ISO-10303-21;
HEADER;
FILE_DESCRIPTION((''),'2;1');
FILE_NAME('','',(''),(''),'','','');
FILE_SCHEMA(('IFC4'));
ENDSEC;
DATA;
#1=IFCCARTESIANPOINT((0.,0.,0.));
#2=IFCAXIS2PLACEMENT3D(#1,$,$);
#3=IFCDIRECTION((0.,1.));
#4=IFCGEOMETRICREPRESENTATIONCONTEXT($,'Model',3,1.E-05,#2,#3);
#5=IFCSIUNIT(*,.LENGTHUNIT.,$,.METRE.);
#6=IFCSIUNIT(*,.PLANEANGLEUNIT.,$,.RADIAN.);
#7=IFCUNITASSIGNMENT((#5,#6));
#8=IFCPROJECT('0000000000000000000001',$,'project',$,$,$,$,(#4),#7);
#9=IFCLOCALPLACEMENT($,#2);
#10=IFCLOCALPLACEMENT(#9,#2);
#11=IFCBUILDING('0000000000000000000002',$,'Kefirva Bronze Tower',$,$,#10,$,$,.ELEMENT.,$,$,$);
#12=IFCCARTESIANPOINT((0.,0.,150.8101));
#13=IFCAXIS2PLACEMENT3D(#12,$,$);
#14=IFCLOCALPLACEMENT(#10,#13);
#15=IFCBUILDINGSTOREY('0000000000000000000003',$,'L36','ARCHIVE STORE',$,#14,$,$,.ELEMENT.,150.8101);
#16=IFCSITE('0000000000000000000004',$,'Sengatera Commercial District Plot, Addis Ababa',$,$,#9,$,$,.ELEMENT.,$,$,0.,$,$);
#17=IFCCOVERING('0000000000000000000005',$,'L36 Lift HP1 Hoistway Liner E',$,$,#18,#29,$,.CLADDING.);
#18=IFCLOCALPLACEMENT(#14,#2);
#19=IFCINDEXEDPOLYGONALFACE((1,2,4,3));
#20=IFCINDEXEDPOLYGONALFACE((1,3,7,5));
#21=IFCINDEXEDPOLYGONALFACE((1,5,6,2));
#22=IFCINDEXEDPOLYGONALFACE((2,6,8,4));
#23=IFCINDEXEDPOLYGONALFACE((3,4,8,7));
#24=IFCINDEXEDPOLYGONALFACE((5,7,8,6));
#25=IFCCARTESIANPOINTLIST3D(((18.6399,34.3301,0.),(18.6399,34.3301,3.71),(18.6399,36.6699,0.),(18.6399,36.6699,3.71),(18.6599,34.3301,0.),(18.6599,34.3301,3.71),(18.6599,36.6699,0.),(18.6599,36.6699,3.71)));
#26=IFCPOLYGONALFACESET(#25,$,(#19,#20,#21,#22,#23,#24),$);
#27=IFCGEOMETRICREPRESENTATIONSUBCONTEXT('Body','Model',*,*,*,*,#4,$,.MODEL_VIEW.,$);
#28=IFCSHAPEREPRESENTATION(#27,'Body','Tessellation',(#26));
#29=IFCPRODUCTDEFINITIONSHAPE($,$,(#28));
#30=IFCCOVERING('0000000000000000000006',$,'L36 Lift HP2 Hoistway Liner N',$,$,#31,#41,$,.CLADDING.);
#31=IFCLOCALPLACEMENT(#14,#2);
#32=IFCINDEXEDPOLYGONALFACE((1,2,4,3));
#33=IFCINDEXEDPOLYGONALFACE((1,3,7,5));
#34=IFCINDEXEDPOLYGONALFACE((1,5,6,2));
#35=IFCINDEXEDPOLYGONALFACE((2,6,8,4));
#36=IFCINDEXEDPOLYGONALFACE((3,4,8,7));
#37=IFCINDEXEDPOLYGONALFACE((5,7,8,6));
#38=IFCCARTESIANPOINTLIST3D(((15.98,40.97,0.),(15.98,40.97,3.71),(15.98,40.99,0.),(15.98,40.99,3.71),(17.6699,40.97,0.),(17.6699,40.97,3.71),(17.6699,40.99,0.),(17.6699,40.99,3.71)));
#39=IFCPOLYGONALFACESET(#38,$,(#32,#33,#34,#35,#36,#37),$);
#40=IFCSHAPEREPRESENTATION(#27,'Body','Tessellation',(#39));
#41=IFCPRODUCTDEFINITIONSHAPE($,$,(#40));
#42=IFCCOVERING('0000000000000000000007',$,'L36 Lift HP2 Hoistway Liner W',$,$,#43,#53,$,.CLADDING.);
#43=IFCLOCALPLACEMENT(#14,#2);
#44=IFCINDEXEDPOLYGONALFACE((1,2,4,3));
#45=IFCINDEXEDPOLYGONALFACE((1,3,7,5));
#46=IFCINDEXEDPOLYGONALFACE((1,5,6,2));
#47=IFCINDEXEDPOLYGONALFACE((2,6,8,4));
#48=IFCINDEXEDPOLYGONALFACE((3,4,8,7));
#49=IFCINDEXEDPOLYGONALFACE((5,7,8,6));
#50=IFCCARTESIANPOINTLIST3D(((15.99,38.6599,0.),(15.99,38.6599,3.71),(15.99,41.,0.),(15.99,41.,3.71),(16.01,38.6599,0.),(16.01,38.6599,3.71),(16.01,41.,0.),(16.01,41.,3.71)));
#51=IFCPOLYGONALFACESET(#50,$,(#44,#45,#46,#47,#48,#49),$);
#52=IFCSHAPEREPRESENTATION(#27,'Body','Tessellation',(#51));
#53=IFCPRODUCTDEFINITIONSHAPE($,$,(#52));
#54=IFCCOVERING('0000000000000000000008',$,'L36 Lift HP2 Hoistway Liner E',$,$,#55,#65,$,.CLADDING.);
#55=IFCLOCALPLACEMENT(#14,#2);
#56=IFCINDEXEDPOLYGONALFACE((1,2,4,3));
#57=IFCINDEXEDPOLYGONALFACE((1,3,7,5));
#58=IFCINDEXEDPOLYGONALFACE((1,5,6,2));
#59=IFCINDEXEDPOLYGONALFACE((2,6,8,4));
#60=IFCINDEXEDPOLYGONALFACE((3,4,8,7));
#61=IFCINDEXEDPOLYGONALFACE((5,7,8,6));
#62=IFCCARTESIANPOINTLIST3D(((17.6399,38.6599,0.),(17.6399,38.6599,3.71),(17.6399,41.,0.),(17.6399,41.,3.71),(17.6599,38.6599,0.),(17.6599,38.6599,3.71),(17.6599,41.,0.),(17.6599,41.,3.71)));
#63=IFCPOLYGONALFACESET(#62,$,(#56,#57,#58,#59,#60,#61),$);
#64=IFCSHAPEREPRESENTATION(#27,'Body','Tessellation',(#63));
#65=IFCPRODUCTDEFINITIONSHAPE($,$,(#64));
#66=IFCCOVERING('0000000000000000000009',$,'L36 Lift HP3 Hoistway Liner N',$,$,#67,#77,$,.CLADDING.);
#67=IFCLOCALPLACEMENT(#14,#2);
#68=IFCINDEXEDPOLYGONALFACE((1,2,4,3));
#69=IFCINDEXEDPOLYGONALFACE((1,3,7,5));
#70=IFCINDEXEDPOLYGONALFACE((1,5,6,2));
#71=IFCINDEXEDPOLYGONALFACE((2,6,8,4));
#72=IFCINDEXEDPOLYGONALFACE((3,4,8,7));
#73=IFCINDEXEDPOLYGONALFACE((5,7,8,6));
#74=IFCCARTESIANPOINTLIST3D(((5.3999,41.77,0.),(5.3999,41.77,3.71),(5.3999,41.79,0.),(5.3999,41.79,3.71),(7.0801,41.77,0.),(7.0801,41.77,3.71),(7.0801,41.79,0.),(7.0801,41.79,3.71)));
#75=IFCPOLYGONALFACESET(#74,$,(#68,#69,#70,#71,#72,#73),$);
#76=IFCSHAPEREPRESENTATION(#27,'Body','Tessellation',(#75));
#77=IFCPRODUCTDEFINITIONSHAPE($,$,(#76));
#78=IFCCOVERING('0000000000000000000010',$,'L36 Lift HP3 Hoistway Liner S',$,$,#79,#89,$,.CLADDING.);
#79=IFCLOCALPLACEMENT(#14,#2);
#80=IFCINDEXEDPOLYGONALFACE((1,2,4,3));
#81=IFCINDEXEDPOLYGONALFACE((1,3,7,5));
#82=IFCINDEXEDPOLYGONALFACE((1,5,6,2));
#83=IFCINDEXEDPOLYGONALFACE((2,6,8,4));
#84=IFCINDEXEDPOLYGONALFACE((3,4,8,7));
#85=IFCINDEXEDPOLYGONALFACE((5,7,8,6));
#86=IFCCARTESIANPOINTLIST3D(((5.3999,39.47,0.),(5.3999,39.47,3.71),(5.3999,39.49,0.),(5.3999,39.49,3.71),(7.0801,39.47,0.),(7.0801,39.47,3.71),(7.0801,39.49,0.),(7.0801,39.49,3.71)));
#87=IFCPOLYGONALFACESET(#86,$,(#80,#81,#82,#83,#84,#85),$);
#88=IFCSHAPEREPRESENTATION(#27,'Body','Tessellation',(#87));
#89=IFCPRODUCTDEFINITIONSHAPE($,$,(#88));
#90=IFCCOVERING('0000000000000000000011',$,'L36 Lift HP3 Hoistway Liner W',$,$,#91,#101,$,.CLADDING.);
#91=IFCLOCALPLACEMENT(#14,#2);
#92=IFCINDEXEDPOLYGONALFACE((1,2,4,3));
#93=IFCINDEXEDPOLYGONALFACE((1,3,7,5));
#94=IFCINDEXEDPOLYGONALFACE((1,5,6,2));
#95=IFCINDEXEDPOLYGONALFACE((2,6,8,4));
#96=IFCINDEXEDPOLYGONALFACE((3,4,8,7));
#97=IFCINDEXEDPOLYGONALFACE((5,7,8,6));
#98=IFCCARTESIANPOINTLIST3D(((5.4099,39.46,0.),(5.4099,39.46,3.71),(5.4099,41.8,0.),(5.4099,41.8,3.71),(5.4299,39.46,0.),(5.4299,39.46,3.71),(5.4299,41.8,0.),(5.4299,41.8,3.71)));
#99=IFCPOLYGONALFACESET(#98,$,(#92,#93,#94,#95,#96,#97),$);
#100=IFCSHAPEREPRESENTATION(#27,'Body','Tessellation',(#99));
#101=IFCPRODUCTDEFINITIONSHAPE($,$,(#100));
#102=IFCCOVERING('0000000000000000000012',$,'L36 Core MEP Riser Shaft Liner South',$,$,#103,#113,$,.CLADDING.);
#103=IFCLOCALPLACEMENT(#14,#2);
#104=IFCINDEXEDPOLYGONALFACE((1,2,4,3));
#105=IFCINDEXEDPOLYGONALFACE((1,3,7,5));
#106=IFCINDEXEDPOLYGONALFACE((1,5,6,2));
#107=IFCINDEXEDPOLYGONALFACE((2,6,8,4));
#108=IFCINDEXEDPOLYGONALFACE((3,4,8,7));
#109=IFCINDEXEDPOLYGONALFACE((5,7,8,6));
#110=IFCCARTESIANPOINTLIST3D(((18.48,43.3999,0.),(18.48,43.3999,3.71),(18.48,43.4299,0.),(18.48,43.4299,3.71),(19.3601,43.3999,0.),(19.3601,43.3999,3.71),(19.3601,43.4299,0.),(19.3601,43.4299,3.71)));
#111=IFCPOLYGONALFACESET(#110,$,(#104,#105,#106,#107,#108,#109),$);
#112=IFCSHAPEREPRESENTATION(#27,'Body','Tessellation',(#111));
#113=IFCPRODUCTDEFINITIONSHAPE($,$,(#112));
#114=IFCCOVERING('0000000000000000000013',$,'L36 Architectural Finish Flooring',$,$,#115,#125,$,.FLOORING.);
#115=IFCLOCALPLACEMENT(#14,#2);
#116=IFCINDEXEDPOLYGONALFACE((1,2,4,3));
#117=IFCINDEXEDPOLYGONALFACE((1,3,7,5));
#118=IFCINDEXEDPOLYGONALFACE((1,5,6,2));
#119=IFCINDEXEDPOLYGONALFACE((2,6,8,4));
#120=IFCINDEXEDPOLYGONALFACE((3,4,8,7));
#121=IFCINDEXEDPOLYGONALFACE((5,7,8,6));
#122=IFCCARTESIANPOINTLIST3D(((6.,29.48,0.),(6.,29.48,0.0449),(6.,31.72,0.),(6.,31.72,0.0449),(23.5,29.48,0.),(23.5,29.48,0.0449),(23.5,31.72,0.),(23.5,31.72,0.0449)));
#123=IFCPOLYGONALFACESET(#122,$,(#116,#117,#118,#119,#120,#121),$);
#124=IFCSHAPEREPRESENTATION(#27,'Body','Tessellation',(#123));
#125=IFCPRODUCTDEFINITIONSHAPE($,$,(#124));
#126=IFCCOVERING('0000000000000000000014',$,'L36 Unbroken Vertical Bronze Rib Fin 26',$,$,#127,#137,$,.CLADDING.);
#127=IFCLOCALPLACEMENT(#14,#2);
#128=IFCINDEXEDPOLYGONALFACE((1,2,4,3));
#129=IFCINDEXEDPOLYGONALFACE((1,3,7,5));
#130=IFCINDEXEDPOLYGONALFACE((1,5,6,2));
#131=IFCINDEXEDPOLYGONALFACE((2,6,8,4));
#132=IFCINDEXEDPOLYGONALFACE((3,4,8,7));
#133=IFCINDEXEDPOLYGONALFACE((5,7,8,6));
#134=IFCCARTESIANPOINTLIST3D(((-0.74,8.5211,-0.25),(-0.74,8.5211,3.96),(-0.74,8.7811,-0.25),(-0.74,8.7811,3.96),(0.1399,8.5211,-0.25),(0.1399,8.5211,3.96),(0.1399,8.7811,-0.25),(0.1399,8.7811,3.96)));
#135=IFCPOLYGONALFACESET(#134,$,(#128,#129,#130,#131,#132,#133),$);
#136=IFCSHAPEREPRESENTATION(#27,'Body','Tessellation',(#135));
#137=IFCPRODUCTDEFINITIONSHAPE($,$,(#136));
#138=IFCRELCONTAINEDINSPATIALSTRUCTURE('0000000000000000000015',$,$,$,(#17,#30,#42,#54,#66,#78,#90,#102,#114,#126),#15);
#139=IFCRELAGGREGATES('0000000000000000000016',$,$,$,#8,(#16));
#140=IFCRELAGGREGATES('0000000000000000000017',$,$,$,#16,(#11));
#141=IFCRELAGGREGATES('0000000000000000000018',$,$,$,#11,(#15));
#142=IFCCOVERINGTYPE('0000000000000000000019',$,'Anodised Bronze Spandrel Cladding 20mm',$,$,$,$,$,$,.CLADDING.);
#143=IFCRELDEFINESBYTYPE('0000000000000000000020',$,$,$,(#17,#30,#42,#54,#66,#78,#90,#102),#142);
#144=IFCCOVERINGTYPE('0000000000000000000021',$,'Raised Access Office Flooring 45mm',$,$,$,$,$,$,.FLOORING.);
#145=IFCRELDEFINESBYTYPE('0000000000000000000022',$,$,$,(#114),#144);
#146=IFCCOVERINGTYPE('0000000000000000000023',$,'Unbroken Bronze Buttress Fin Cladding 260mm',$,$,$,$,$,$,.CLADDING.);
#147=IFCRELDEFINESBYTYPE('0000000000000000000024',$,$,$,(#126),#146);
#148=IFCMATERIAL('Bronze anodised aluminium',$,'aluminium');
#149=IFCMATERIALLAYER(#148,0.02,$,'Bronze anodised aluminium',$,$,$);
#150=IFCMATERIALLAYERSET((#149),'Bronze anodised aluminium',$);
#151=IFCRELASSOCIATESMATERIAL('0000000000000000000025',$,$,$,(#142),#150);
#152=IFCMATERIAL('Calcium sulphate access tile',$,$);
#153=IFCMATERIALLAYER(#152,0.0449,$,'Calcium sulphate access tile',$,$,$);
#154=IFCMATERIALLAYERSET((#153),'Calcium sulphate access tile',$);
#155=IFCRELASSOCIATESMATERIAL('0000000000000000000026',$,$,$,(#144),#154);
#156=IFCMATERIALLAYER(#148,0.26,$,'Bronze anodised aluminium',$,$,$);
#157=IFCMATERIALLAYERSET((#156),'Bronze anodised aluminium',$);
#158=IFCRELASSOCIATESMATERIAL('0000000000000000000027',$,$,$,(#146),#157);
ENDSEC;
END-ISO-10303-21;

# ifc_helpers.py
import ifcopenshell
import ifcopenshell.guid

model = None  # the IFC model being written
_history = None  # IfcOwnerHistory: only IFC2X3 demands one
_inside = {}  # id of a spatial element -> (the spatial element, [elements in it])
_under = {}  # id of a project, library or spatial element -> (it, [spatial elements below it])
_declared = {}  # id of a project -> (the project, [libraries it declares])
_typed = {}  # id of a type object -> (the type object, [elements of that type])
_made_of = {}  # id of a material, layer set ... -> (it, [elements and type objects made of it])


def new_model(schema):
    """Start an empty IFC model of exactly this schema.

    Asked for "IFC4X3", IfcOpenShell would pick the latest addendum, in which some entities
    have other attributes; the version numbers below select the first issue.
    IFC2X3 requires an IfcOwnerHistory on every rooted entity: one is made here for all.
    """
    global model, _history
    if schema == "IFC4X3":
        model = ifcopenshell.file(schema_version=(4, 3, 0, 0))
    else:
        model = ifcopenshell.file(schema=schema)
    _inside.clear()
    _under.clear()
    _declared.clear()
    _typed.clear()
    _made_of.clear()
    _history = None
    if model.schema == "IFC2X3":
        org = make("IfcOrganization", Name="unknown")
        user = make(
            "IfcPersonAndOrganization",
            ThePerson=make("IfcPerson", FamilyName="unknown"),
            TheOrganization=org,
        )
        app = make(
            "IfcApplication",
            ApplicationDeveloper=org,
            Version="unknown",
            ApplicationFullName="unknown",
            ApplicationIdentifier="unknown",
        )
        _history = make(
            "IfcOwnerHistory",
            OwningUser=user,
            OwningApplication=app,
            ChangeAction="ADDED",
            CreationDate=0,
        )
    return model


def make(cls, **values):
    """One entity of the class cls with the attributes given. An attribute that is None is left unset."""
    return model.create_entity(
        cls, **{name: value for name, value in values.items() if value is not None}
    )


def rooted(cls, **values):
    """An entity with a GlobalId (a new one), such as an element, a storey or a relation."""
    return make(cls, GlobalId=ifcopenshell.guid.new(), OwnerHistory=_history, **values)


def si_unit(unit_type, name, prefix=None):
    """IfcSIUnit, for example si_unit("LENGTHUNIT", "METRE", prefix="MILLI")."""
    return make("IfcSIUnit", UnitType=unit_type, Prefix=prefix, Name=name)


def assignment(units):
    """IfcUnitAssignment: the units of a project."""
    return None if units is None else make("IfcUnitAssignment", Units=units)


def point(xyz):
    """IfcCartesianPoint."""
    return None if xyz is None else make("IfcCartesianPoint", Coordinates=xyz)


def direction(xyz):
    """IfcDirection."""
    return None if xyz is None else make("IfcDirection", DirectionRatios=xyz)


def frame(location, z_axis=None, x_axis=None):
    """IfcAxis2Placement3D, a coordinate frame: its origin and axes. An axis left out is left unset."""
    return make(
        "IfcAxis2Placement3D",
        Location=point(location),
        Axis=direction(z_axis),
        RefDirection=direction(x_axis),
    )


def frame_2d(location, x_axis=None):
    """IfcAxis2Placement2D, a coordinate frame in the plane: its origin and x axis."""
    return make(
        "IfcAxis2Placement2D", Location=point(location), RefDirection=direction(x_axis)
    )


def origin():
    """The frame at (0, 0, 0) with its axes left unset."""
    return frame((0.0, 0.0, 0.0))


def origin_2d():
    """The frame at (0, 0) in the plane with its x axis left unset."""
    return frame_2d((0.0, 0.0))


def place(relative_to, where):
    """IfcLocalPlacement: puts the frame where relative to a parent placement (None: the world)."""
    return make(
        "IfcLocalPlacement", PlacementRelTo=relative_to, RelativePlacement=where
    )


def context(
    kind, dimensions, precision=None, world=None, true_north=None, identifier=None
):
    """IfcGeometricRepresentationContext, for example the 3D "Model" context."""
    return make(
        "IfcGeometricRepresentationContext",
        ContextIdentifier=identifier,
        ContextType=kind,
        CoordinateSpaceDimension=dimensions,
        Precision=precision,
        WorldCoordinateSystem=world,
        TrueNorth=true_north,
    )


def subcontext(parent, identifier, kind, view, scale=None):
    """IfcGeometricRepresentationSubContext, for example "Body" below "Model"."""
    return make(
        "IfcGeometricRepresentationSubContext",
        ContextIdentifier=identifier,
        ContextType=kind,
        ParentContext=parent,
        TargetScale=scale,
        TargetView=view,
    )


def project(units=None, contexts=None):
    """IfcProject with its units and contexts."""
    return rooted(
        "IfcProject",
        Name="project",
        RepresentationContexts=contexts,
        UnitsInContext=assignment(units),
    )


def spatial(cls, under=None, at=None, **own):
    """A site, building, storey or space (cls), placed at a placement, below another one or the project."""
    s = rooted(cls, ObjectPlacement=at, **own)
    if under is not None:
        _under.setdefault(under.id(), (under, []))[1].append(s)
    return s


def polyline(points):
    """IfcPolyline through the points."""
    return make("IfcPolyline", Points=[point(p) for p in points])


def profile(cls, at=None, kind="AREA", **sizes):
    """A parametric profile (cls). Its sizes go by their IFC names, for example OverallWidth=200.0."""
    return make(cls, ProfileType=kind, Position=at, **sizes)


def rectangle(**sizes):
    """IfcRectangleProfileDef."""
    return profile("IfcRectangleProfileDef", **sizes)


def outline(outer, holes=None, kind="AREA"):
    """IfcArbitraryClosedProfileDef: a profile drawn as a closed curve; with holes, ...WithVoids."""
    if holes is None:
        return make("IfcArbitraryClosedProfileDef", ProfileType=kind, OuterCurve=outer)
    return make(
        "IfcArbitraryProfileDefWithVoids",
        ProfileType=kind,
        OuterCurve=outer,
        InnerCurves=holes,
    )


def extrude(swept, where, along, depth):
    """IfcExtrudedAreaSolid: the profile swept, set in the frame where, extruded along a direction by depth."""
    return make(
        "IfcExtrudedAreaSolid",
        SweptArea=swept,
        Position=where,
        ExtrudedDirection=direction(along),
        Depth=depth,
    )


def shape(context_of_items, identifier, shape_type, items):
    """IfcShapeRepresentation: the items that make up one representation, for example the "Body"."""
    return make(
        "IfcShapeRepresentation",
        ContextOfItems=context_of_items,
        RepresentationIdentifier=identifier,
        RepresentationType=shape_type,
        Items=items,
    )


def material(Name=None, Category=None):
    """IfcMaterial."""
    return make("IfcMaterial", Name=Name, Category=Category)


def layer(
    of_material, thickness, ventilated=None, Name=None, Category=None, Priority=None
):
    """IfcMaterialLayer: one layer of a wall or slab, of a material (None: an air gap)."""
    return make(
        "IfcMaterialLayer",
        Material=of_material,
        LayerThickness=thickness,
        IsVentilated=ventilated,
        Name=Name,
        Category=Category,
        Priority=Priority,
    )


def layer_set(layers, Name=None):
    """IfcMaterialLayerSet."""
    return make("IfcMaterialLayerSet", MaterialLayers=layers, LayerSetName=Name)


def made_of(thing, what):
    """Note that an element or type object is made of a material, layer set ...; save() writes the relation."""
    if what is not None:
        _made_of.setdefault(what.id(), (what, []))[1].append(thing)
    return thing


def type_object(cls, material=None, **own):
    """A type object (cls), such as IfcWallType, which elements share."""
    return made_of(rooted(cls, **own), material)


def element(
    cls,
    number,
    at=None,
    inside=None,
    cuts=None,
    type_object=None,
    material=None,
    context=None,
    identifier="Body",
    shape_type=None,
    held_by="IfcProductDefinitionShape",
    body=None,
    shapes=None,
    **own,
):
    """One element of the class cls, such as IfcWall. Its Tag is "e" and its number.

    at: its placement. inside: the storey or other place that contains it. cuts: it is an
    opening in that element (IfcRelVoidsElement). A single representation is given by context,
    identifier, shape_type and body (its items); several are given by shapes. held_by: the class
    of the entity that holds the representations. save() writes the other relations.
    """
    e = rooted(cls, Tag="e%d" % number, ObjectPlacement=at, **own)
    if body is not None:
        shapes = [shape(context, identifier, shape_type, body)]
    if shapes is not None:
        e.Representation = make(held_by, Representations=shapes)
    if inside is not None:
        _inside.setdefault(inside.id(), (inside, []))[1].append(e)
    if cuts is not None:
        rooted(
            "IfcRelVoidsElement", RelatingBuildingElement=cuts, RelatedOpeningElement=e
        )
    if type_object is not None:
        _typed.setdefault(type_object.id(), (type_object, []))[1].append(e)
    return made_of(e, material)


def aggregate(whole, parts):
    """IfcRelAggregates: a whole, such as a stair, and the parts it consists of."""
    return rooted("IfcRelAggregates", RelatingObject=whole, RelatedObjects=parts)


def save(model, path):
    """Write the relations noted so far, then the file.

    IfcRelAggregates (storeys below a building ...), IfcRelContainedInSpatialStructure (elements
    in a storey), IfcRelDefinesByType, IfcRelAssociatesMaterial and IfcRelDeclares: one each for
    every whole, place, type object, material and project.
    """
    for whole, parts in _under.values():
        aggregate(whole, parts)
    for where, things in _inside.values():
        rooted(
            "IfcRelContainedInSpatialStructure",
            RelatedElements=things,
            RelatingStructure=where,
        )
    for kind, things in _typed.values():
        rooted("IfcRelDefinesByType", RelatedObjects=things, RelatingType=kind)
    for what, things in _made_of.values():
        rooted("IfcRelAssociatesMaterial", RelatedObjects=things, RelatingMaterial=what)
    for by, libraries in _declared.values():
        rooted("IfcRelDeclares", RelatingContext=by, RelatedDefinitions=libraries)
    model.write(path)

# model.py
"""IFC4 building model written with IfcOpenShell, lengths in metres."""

from ifc_helpers import new_model, si_unit, direction, frame, origin, origin_2d, place, context, subcontext, project, spatial, polyline, rectangle, outline, extrude, material, layer, layer_set, type_object, element, save


model = new_model("IFC4")

# Units and contexts
model_context = context("Model", 3, precision=1e-05, world=origin(), true_north=direction((0.0, 1.0)))
body_context = subcontext(model_context, "Body", "Model", "MODEL_VIEW")
ifc_project = project(units=[si_unit("LENGTHUNIT", "METRE"), si_unit("PLANEANGLEUNIT", "RADIAN")], contexts=[model_context])

# Site, building, storey
site_placement = place(None, origin())
site = spatial("IfcSite", under=ifc_project, at=site_placement, Name="Sengatera Commercial District Plot, Addis Ababa", CompositionType="ELEMENT", RefElevation=0.0)
building_placement = place(site_placement, origin())
building = spatial("IfcBuilding", under=site, at=building_placement, Name="Kefirva Bronze Tower", CompositionType="ELEMENT")
storey_placement = place(building_placement, frame((0.0, 0.0, 150.8101)))
storey = spatial("IfcBuildingStorey", under=building, at=storey_placement, Name="L36", Description="ARCHIVE STORE", CompositionType="ELEMENT", Elevation=150.8101)

# Shared definitions
ifc_material_1 = material(Name="Bronze anodised aluminium", Category="aluminium")

# Coverings
ifc_layer_1 = layer(ifc_material_1, 0.02, Name="Bronze anodised aluminium")
ifc_layer_set_1 = layer_set([ifc_layer_1], Name="Bronze anodised aluminium")
covering_type_1 = type_object("IfcCoveringType", Name="Anodised Bronze Spandrel Cladding 20mm", PredefinedType="CLADDING", material=ifc_layer_set_1)
covering_1_placement = place(storey_placement, origin())
element("IfcCovering", 1, at=covering_1_placement, inside=storey, type_object=covering_type_1, Name="L36 Lift HP1 Hoistway Liner E", PredefinedType="CLADDING", context=body_context, shape_type="SweptSolid", body=[
    extrude(outline(polyline([(18.6399, 34.3301), (18.6599, 34.3301), (18.6599, 36.6699), (18.6399, 36.6699), (18.6399, 34.3301)])), origin(), (0.0, 0.0, 1.0), 3.71),
])
covering_2_placement = place(storey_placement, origin())
element("IfcCovering", 2, at=covering_2_placement, inside=storey, type_object=covering_type_1, Name="L36 Lift HP2 Hoistway Liner N", PredefinedType="CLADDING", context=body_context, shape_type="SweptSolid", body=[
    extrude(outline(polyline([(15.98, 40.97), (17.6699, 40.97), (17.6699, 40.99), (15.98, 40.99), (15.98, 40.97)])), origin(), (0.0, 0.0, 1.0), 3.71),
])
covering_3_placement = place(storey_placement, origin())
element("IfcCovering", 3, at=covering_3_placement, inside=storey, type_object=covering_type_1, Name="L36 Lift HP2 Hoistway Liner W", PredefinedType="CLADDING", context=body_context, shape_type="SweptSolid", body=[
    extrude(outline(polyline([(15.99, 38.6599), (16.01, 38.6599), (16.01, 41.0), (15.99, 41.0), (15.99, 38.6599)])), origin(), (0.0, 0.0, 1.0), 3.71),
])
covering_4_placement = place(storey_placement, origin())
element("IfcCovering", 4, at=covering_4_placement, inside=storey, type_object=covering_type_1, Name="L36 Lift HP2 Hoistway Liner E", PredefinedType="CLADDING", context=body_context, shape_type="SweptSolid", body=[
    extrude(outline(polyline([(17.6399, 38.6599), (17.6599, 38.6599), (17.6599, 41.0), (17.6399, 41.0), (17.6399, 38.6599)])), origin(), (0.0, 0.0, 1.0), 3.71),
])
covering_5_placement = place(storey_placement, origin())
element("IfcCovering", 5, at=covering_5_placement, inside=storey, type_object=covering_type_1, Name="L36 Lift HP3 Hoistway Liner N", PredefinedType="CLADDING", context=body_context, shape_type="SweptSolid", body=[
    extrude(outline(polyline([(5.3999, 41.77), (7.0801, 41.77), (7.0801, 41.79), (5.3999, 41.79), (5.3999, 41.77)])), origin(), (0.0, 0.0, 1.0), 3.71),
])
covering_6_placement = place(storey_placement, origin())
element("IfcCovering", 6, at=covering_6_placement, inside=storey, type_object=covering_type_1, Name="L36 Lift HP3 Hoistway Liner S", PredefinedType="CLADDING", context=body_context, shape_type="SweptSolid", body=[
    extrude(outline(polyline([(5.3999, 39.47), (7.0801, 39.47), (7.0801, 39.49), (5.3999, 39.49), (5.3999, 39.47)])), origin(), (0.0, 0.0, 1.0), 3.71),
])
covering_7_placement = place(storey_placement, origin())
element("IfcCovering", 7, at=covering_7_placement, inside=storey, type_object=covering_type_1, Name="L36 Lift HP3 Hoistway Liner W", PredefinedType="CLADDING", context=body_context, shape_type="SweptSolid", body=[
    extrude(outline(polyline([(5.4099, 39.46), (5.4299, 39.46), (5.4299, 41.8), (5.4099, 41.8), (5.4099, 39.46)])), origin(), (0.0, 0.0, 1.0), 3.71),
])
covering_8_placement = place(storey_placement, origin())
element("IfcCovering", 8, at=covering_8_placement, inside=storey, type_object=covering_type_1, Name="L36 Core MEP Riser Shaft Liner South", PredefinedType="CLADDING", context=body_context, shape_type="SweptSolid", body=[
    extrude(outline(polyline([(18.48, 43.3999), (19.3601, 43.3999), (19.3601, 43.4299), (18.48, 43.4299), (18.48, 43.3999)])), origin(), (0.0, 0.0, 1.0), 3.71),
])
ifc_material_2 = material(Name="Calcium sulphate access tile")
ifc_layer_2 = layer(ifc_material_2, 0.0449, Name="Calcium sulphate access tile")
ifc_layer_set_2 = layer_set([ifc_layer_2], Name="Calcium sulphate access tile")
covering_type_2 = type_object("IfcCoveringType", Name="Raised Access Office Flooring 45mm", PredefinedType="FLOORING", material=ifc_layer_set_2)
covering_9_placement = place(storey_placement, origin())
element("IfcCovering", 9, at=covering_9_placement, inside=storey, type_object=covering_type_2, Name="L36 Architectural Finish Flooring", PredefinedType="FLOORING", context=body_context, shape_type="SweptSolid", body=[
    extrude(outline(polyline([(6.0, 29.48), (23.5, 29.48), (23.5, 31.72), (6.0, 31.72), (6.0, 29.48)])), origin(), (0.0, 0.0, 1.0), 0.0449),
])
ifc_layer_3 = layer(ifc_material_1, 0.26, Name="Bronze anodised aluminium")
ifc_layer_set_3 = layer_set([ifc_layer_3], Name="Bronze anodised aluminium")
covering_type_3 = type_object("IfcCoveringType", Name="Unbroken Bronze Buttress Fin Cladding 260mm", PredefinedType="CLADDING", material=ifc_layer_set_3)
covering_10_placement = place(storey_placement, frame((-0.3, 8.6511, -0.25), z_axis=(0.0, 0.0, 1.0), x_axis=(0.0, -1.0, 0.0)))
element("IfcCovering", 10, at=covering_10_placement, inside=storey, type_object=covering_type_3, Name="L36 Unbroken Vertical Bronze Rib Fin 26", PredefinedType="CLADDING", context=body_context, shape_type="SweptSolid", body=[
    extrude(rectangle(XDim=0.26, YDim=0.8799, at=origin_2d()), origin(), (0.0, 0.0, 1.0), 4.21),
])

save(model, "model.ifc")
